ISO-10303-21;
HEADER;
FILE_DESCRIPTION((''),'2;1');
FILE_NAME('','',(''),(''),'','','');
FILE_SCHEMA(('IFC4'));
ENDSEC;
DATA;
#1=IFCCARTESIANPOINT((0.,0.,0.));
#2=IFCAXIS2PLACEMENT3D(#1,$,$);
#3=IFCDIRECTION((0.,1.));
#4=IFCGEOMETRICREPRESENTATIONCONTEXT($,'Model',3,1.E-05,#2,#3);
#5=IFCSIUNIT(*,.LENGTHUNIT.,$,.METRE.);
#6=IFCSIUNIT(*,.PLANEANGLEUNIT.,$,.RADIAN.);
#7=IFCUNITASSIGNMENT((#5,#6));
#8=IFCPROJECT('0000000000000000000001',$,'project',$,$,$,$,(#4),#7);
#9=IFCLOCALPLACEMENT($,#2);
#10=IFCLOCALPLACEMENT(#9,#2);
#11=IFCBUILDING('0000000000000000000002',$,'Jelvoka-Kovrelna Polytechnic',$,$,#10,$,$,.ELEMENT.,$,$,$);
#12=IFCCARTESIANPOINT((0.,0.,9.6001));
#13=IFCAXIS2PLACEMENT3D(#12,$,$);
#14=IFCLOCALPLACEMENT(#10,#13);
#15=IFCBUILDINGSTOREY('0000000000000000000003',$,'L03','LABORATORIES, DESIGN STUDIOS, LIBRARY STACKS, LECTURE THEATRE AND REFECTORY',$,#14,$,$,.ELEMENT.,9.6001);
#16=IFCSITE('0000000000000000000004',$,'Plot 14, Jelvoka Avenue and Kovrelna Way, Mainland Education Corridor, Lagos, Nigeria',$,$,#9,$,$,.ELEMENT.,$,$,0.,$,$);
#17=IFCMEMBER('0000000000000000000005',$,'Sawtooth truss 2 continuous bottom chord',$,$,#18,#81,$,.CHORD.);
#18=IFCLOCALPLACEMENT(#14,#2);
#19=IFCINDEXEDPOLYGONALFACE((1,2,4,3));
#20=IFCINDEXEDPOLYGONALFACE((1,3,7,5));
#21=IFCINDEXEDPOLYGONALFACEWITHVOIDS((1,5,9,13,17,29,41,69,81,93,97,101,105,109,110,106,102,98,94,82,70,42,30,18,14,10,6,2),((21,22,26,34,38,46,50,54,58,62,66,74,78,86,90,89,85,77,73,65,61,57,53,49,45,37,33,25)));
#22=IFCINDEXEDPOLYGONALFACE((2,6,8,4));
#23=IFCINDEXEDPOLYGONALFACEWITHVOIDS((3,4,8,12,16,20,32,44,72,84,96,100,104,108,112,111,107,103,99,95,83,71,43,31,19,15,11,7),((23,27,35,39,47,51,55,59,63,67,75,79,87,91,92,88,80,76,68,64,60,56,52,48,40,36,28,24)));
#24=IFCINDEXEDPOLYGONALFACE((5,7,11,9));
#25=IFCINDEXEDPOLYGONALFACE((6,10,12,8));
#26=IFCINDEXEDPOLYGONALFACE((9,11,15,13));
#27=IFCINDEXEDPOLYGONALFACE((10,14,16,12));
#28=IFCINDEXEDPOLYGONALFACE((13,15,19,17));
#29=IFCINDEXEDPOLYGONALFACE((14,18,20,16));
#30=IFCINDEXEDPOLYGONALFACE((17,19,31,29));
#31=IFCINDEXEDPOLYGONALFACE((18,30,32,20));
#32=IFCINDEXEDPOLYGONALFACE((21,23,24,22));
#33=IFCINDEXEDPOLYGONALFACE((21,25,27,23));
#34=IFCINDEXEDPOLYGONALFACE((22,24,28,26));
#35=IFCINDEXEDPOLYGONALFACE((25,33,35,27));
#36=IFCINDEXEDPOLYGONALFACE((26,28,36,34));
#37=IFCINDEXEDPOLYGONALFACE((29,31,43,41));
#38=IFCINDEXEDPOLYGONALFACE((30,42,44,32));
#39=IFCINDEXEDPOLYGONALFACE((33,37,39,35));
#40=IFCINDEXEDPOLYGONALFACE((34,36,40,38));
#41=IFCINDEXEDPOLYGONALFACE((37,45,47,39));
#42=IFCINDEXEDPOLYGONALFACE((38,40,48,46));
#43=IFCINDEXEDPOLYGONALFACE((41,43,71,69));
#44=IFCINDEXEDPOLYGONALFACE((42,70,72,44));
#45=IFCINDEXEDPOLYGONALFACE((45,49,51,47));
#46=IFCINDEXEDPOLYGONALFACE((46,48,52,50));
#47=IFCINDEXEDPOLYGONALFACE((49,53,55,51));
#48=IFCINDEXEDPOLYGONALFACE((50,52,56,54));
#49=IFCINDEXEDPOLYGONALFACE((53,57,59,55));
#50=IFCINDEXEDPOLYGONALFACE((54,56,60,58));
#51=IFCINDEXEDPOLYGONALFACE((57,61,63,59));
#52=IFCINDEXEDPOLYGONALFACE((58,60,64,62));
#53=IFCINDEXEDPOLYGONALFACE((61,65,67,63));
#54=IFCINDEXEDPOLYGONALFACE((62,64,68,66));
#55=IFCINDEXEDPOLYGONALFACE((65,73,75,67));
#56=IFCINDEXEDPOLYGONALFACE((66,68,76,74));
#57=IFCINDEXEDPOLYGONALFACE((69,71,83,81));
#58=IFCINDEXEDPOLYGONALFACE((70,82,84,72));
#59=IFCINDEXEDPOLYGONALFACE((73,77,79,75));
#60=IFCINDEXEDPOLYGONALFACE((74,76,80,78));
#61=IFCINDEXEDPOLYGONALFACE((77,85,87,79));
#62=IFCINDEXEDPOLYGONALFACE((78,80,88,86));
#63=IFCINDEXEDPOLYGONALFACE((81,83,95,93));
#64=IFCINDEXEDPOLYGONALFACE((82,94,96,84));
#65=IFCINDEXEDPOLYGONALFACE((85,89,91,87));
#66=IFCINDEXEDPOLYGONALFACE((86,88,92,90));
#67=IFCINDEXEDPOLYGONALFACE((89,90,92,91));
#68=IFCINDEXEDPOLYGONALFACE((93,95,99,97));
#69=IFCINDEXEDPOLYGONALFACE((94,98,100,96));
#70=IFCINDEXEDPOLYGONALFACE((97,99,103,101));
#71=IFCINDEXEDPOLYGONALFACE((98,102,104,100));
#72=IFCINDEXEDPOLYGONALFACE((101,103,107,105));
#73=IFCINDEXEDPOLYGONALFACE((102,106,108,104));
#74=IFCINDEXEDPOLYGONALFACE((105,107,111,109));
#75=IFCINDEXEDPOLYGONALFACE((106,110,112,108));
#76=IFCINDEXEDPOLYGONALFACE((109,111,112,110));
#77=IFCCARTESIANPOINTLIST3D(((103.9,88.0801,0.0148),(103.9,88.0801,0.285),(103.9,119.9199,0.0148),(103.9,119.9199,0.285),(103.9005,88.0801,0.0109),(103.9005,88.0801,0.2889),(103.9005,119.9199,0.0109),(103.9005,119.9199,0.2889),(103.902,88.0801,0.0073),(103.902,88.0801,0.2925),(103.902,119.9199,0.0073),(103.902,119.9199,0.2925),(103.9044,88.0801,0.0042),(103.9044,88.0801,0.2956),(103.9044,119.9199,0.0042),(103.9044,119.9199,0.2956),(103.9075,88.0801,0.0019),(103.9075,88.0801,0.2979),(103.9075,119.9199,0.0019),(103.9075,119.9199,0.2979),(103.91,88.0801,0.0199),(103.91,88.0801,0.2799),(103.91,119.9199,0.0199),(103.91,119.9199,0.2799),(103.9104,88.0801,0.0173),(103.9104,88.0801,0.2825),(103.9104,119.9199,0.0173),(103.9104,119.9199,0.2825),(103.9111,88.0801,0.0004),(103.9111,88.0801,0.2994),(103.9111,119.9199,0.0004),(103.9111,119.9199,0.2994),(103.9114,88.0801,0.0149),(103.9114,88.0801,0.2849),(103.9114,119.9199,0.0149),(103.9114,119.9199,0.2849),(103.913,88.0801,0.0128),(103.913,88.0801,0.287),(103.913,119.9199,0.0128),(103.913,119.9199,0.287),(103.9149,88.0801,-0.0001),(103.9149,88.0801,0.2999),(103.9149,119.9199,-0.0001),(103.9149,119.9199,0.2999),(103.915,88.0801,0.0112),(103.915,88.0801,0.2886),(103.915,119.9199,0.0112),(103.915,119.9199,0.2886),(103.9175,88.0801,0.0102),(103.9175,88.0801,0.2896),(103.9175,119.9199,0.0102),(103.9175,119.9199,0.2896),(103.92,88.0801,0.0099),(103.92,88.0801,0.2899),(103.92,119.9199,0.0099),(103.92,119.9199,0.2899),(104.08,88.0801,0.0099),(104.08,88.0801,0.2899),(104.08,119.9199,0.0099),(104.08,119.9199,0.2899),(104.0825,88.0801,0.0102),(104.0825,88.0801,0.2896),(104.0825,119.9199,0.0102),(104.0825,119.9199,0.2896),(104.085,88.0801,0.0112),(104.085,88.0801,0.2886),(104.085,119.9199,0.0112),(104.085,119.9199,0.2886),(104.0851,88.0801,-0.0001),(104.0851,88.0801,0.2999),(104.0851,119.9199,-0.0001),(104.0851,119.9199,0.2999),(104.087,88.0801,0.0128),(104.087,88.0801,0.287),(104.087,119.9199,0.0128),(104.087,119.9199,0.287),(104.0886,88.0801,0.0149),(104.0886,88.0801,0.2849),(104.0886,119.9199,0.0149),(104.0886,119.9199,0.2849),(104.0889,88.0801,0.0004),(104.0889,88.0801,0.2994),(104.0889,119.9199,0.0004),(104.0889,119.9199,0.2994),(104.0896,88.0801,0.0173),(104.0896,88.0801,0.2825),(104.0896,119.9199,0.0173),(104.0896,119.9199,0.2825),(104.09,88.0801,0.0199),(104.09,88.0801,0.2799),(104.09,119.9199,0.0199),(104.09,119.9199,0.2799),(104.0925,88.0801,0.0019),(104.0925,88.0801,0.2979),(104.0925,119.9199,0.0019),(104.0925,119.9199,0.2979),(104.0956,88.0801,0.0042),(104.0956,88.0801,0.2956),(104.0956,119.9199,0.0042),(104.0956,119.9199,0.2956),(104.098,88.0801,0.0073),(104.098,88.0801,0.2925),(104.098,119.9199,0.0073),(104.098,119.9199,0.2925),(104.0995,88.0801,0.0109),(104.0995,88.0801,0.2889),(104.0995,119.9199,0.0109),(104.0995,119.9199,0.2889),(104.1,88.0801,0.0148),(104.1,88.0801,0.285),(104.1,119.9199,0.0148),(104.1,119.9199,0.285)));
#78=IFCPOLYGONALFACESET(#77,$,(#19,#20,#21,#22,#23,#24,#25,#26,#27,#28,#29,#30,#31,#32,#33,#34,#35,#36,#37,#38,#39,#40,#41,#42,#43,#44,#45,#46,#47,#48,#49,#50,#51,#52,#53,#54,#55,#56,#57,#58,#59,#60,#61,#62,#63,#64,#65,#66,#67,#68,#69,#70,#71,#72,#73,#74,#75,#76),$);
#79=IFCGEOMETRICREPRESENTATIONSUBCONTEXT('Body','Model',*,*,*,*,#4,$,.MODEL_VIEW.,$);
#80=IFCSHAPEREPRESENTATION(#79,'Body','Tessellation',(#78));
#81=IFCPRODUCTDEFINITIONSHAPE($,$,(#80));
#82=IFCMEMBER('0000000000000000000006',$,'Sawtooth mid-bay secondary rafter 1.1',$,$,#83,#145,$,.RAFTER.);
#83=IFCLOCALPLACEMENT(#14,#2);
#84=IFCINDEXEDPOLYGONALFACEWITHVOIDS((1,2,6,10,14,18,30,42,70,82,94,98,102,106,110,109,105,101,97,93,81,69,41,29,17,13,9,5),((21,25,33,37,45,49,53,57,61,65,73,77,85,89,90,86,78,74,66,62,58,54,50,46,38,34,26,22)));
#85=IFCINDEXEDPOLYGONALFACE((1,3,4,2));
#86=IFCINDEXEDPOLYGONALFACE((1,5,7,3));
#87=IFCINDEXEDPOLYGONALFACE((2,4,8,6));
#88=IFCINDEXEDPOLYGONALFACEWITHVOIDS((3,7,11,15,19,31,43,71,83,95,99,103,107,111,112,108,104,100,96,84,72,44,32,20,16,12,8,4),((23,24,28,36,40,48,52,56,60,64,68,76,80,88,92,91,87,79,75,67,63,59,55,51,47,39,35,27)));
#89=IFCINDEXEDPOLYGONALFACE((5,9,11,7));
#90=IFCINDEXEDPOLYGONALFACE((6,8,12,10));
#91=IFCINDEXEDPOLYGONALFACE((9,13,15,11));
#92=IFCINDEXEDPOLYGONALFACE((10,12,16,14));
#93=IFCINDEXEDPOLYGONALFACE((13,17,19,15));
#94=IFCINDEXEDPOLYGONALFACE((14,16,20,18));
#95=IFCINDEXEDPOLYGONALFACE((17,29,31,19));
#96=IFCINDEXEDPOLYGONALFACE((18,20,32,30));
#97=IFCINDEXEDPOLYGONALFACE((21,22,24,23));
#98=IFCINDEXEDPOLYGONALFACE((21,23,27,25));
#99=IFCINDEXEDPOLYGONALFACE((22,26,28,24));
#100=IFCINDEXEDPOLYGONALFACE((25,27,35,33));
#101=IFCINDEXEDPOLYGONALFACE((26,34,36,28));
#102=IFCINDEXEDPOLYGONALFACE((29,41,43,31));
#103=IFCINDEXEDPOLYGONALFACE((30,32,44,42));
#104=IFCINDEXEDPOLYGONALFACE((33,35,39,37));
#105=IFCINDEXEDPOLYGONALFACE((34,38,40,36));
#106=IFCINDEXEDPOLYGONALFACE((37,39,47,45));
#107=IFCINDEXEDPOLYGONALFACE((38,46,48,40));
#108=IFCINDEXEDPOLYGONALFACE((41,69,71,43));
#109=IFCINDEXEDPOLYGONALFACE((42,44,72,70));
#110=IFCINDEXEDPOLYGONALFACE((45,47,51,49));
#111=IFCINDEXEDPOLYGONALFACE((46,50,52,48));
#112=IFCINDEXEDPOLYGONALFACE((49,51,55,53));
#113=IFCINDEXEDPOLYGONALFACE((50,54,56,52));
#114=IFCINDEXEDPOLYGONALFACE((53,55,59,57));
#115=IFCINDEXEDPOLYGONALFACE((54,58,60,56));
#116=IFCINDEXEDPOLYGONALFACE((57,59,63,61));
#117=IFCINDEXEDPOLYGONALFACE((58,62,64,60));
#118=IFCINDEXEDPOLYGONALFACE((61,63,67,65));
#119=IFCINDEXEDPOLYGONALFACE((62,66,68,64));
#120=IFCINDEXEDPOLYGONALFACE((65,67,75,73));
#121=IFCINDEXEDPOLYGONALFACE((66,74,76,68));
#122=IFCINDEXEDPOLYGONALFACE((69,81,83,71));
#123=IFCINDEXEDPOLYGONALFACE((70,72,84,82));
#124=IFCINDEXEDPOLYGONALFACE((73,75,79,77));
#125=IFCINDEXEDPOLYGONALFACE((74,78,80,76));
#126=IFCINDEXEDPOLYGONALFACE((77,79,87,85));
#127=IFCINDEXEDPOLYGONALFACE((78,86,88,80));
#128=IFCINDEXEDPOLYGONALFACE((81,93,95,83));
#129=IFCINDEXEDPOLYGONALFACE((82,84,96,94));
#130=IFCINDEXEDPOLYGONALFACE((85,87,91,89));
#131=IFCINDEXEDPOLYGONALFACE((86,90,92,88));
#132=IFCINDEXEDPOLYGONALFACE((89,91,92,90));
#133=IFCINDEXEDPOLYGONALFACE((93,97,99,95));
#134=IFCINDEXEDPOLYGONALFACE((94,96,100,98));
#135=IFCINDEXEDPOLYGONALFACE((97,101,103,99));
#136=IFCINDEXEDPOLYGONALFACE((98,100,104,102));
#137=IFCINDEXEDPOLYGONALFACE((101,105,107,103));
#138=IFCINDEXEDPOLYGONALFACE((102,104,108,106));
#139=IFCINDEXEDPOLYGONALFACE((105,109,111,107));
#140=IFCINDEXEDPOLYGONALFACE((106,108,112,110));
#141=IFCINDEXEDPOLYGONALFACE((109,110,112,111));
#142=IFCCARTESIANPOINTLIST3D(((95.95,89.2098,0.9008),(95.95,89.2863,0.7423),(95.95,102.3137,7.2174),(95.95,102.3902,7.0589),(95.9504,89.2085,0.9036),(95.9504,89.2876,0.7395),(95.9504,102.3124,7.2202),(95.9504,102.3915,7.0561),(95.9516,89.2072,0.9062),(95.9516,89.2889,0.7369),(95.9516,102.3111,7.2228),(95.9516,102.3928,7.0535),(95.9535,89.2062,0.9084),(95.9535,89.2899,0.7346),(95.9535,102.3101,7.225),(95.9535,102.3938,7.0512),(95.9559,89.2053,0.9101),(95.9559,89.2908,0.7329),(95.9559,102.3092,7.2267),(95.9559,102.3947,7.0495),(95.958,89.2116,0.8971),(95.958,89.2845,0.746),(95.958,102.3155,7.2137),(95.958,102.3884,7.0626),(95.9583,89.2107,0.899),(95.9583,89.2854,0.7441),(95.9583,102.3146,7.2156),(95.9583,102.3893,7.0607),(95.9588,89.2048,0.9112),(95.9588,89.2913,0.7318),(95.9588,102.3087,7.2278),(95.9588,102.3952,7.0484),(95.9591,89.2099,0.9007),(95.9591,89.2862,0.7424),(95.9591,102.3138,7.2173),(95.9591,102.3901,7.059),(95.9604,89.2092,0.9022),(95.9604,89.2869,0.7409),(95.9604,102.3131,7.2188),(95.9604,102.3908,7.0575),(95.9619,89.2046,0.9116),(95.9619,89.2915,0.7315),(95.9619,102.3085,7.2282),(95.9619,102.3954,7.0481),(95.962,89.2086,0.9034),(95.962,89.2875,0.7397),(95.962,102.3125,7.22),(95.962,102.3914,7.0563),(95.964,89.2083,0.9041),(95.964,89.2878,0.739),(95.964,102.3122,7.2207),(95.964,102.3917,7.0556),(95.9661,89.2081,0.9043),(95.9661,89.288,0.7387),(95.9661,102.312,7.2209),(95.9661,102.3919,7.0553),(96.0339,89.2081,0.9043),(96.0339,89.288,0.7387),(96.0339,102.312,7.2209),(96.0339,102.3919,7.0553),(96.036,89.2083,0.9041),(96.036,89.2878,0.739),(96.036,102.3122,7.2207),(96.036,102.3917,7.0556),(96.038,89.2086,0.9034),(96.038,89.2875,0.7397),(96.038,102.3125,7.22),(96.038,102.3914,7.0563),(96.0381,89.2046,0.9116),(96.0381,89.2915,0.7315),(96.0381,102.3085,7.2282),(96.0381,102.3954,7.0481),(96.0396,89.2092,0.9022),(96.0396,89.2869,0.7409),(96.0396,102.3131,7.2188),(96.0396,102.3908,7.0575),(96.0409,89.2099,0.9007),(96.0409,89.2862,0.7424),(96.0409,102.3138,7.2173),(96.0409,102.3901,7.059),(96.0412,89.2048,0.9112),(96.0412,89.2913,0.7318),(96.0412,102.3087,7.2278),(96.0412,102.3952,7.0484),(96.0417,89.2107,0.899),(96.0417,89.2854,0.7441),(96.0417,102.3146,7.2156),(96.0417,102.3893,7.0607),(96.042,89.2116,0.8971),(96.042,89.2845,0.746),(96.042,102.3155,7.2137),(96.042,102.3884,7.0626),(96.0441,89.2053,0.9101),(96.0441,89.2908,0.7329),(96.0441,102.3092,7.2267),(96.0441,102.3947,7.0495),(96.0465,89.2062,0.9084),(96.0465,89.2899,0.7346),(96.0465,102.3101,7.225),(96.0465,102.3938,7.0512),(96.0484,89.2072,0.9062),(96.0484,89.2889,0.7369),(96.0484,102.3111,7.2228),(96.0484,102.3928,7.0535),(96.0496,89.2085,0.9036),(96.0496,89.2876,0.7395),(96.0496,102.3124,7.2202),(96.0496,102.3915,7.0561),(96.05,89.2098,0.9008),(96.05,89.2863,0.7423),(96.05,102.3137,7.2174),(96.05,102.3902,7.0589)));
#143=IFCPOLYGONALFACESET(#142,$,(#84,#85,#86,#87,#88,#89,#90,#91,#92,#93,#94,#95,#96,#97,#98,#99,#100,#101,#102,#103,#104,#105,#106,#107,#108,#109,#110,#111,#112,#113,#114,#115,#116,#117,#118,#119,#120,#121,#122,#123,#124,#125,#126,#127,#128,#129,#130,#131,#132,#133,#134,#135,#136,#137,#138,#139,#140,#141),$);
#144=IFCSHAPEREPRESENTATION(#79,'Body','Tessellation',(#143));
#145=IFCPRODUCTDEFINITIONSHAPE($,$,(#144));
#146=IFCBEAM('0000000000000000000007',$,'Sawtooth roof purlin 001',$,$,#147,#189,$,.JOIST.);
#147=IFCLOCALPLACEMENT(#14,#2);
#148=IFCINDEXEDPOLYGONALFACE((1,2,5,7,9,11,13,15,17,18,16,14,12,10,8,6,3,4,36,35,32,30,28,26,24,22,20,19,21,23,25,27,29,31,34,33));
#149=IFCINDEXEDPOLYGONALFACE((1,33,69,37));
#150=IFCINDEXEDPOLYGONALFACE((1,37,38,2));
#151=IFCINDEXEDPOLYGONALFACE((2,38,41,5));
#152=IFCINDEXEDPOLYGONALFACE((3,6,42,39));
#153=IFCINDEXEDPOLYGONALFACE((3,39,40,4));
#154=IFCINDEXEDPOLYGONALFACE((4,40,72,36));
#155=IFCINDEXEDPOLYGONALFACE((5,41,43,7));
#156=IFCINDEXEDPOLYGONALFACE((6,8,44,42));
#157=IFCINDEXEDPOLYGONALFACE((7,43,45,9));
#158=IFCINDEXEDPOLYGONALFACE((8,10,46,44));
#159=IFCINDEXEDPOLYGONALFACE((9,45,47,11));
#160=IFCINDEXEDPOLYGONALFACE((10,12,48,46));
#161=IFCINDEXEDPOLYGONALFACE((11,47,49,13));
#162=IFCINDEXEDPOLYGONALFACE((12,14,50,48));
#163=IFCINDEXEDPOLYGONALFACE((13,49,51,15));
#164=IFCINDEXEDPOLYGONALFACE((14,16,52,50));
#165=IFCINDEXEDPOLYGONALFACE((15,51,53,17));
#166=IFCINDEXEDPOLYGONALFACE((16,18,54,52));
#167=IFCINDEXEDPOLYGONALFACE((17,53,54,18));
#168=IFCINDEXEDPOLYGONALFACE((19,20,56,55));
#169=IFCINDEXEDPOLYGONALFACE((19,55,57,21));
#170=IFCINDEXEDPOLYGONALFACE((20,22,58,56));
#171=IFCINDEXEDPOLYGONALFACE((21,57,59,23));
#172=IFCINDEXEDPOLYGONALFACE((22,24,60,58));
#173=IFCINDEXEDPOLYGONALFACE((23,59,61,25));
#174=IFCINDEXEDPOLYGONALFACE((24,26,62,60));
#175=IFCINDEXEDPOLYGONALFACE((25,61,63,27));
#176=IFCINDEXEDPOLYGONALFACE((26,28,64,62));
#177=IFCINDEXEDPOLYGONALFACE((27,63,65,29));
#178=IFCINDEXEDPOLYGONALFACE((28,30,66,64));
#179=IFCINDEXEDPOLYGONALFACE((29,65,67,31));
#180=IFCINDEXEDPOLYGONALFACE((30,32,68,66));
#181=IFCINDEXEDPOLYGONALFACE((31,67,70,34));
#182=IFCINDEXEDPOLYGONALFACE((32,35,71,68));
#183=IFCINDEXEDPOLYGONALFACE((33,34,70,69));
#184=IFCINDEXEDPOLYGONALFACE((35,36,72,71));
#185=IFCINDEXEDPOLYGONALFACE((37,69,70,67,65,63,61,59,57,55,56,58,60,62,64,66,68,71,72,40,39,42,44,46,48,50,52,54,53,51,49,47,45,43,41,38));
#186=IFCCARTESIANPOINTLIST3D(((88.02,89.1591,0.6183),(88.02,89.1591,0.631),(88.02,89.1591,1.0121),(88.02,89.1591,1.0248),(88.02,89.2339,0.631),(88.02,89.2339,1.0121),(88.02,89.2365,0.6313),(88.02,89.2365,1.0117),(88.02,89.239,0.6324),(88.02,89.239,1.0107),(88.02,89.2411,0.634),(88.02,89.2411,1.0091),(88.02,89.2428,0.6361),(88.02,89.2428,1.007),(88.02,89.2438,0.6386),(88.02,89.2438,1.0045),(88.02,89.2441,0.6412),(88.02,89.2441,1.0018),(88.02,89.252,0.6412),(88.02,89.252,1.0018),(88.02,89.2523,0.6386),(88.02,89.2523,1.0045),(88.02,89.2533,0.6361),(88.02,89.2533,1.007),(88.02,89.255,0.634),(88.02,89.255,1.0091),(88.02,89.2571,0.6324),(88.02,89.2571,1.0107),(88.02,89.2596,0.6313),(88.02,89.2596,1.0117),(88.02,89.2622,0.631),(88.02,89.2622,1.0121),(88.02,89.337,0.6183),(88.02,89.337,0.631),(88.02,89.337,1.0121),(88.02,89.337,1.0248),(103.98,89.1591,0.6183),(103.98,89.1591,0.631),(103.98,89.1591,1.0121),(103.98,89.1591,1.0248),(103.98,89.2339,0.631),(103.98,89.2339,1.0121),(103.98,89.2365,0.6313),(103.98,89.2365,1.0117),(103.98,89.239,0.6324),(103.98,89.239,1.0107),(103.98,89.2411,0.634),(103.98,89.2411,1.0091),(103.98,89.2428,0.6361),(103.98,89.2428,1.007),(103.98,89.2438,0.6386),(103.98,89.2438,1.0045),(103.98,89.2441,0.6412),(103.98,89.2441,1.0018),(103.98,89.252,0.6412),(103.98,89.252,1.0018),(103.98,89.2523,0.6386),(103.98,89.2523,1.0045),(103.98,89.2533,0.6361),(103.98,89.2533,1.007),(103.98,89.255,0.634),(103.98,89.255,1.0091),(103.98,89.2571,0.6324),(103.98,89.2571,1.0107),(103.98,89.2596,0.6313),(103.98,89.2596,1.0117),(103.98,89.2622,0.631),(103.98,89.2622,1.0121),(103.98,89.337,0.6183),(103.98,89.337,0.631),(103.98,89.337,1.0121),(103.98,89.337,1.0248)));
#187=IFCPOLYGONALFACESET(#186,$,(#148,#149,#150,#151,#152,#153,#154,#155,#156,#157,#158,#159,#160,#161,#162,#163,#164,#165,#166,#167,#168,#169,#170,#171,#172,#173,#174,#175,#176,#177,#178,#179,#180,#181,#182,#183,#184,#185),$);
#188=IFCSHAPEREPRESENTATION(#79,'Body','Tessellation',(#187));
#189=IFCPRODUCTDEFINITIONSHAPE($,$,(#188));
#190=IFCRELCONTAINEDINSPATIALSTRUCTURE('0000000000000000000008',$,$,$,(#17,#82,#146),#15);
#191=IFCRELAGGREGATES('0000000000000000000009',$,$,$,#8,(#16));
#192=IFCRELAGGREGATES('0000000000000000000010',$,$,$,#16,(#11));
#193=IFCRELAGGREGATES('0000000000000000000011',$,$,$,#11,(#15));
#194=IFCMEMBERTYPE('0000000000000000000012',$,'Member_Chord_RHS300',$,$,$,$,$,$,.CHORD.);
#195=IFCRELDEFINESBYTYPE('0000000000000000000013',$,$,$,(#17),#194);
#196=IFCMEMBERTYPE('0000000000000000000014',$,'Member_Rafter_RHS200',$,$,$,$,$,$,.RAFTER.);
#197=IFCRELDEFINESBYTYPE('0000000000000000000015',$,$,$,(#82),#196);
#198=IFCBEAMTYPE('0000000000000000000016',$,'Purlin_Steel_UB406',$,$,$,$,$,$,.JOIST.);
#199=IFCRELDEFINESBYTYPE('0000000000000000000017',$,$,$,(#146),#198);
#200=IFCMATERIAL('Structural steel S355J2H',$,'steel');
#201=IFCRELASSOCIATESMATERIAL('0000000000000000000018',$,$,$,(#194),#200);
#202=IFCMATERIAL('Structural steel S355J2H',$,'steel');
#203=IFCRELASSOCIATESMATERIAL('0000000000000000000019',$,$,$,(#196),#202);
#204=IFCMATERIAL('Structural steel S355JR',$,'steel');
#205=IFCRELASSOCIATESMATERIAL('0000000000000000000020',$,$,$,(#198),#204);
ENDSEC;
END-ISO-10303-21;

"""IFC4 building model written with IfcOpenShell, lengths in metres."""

from ifc_helpers import new_model, si_unit, direction, frame, origin, origin_2d, place, context, subcontext, project, spatial, hollow_rectangle, i_section, extrude, material, material_profile, profile_set, type_object, element, save


model = new_model("IFC4")

# Units and contexts
model_context = context("Model", 3, precision=1e-05, world=origin(), true_north=direction((0.0, 1.0)))
body_context = subcontext(model_context, "Body", "Model", "MODEL_VIEW")
ifc_project = project(units=[si_unit("LENGTHUNIT", "METRE"), si_unit("PLANEANGLEUNIT", "RADIAN")], contexts=[model_context])

# Site, building, storey
site_placement = place(None, origin())
site = spatial("IfcSite", under=ifc_project, at=site_placement, Name="Plot 14, Jelvoka Avenue and Kovrelna Way, Mainland Education Corridor, Lagos, Nigeria", CompositionType="ELEMENT", RefElevation=0.0)
building_placement = place(site_placement, origin())
building = spatial("IfcBuilding", under=site, at=building_placement, Name="Jelvoka-Kovrelna Polytechnic", CompositionType="ELEMENT")
storey_placement = place(building_placement, frame((0.0, 0.0, 9.6001)))
storey = spatial("IfcBuildingStorey", under=building, at=storey_placement, Name="L03", Description="LABORATORIES, DESIGN STUDIOS, LIBRARY STACKS, LECTURE THEATRE AND REFECTORY", CompositionType="ELEMENT", Elevation=9.6001)

# Members
ifc_material_1 = material(Name="Structural steel S355J2H", Category="steel")
ifc_material_profile_1 = material_profile(ifc_material_1, hollow_rectangle(XDim=0.2, YDim=0.3, WallThickness=0.01, InnerFilletRadius=0.01, OuterFilletRadius=0.0149, at=origin_2d()), Name="300x200x10.0 RHS")
ifc_profile_set_1 = profile_set([ifc_material_profile_1], Name="Structural steel S355J2H")
member_type_1 = type_object("IfcMemberType", Name="Member_Chord_RHS300", PredefinedType="CHORD", material=ifc_profile_set_1)
member_1_placement = place(storey_placement, frame((104.0, 88.0801, 0.1499), z_axis=(0.0, 1.0, 0.0), x_axis=(-1.0, 0.0, 0.0)))
element("IfcMember", 1, at=member_1_placement, inside=storey, type_object=member_type_1, Name="Sawtooth truss 2 continuous bottom chord", PredefinedType="CHORD", context=body_context, shape_type="SweptSolid", body=[
    extrude(hollow_rectangle(XDim=0.2, YDim=0.3, WallThickness=0.01, InnerFilletRadius=0.01, OuterFilletRadius=0.0149, at=origin_2d()), origin(), (0.0, 0.0, 1.0), 31.8398),
])
ifc_material_2 = material(Name="Structural steel S355J2H", Category="steel")
ifc_material_profile_2 = material_profile(ifc_material_2, hollow_rectangle(XDim=0.1001, YDim=0.2, WallThickness=0.0081, InnerFilletRadius=0.0081, OuterFilletRadius=0.012, at=origin_2d()), Name="200x100x8.0 RHS")
ifc_profile_set_2 = profile_set([ifc_material_profile_2], Name="Structural steel S355J2H")
member_type_2 = type_object("IfcMemberType", Name="Member_Rafter_RHS200", PredefinedType="RAFTER", material=ifc_profile_set_2)
member_2_placement = place(storey_placement, frame((96.0, 89.248, 0.8215), z_axis=(0.0, 0.900805, 0.434224), x_axis=(-1.0, 0.0, 0.0)))
element("IfcMember", 2, at=member_2_placement, inside=storey, type_object=member_type_2, Name="Sawtooth mid-bay secondary rafter 1.1", PredefinedType="RAFTER", context=body_context, shape_type="SweptSolid", body=[
    extrude(hollow_rectangle(XDim=0.1001, YDim=0.2, WallThickness=0.0081, InnerFilletRadius=0.0081, OuterFilletRadius=0.012, at=origin_2d()), origin(), (0.0, 0.0, 1.0), 14.5469),
])

# Beam
ifc_material_3 = material(Name="Structural steel S355JR", Category="steel")
ifc_material_profile_3 = material_profile(ifc_material_3, i_section(OverallWidth=0.178, OverallDepth=0.4065, WebThickness=0.0078, FlangeThickness=0.0127, FilletRadius=0.0103, at=origin_2d()), Name="406x178x60 UB")
ifc_profile_set_3 = profile_set([ifc_material_profile_3], Name="Structural steel S355JR")
beam_type_1 = type_object("IfcBeamType", Name="Purlin_Steel_UB406", PredefinedType="JOIST", material=ifc_profile_set_3)
beam_1_placement = place(storey_placement, frame((88.02, 89.248, 0.8215), z_axis=(1.0, 0.0, 0.0), x_axis=(0.0, 1.0, 0.0)))
element("IfcBeam", 3, at=beam_1_placement, inside=storey, type_object=beam_type_1, Name="Sawtooth roof purlin 001", PredefinedType="JOIST", context=body_context, shape_type="SweptSolid", body=[
    extrude(i_section(OverallWidth=0.178, OverallDepth=0.4065, WebThickness=0.0078, FlangeThickness=0.0127, FilletRadius=0.0103, at=origin_2d()), origin(), (0.0, 0.0, 1.0), 15.96),
])

save(model, "model.ifc")
